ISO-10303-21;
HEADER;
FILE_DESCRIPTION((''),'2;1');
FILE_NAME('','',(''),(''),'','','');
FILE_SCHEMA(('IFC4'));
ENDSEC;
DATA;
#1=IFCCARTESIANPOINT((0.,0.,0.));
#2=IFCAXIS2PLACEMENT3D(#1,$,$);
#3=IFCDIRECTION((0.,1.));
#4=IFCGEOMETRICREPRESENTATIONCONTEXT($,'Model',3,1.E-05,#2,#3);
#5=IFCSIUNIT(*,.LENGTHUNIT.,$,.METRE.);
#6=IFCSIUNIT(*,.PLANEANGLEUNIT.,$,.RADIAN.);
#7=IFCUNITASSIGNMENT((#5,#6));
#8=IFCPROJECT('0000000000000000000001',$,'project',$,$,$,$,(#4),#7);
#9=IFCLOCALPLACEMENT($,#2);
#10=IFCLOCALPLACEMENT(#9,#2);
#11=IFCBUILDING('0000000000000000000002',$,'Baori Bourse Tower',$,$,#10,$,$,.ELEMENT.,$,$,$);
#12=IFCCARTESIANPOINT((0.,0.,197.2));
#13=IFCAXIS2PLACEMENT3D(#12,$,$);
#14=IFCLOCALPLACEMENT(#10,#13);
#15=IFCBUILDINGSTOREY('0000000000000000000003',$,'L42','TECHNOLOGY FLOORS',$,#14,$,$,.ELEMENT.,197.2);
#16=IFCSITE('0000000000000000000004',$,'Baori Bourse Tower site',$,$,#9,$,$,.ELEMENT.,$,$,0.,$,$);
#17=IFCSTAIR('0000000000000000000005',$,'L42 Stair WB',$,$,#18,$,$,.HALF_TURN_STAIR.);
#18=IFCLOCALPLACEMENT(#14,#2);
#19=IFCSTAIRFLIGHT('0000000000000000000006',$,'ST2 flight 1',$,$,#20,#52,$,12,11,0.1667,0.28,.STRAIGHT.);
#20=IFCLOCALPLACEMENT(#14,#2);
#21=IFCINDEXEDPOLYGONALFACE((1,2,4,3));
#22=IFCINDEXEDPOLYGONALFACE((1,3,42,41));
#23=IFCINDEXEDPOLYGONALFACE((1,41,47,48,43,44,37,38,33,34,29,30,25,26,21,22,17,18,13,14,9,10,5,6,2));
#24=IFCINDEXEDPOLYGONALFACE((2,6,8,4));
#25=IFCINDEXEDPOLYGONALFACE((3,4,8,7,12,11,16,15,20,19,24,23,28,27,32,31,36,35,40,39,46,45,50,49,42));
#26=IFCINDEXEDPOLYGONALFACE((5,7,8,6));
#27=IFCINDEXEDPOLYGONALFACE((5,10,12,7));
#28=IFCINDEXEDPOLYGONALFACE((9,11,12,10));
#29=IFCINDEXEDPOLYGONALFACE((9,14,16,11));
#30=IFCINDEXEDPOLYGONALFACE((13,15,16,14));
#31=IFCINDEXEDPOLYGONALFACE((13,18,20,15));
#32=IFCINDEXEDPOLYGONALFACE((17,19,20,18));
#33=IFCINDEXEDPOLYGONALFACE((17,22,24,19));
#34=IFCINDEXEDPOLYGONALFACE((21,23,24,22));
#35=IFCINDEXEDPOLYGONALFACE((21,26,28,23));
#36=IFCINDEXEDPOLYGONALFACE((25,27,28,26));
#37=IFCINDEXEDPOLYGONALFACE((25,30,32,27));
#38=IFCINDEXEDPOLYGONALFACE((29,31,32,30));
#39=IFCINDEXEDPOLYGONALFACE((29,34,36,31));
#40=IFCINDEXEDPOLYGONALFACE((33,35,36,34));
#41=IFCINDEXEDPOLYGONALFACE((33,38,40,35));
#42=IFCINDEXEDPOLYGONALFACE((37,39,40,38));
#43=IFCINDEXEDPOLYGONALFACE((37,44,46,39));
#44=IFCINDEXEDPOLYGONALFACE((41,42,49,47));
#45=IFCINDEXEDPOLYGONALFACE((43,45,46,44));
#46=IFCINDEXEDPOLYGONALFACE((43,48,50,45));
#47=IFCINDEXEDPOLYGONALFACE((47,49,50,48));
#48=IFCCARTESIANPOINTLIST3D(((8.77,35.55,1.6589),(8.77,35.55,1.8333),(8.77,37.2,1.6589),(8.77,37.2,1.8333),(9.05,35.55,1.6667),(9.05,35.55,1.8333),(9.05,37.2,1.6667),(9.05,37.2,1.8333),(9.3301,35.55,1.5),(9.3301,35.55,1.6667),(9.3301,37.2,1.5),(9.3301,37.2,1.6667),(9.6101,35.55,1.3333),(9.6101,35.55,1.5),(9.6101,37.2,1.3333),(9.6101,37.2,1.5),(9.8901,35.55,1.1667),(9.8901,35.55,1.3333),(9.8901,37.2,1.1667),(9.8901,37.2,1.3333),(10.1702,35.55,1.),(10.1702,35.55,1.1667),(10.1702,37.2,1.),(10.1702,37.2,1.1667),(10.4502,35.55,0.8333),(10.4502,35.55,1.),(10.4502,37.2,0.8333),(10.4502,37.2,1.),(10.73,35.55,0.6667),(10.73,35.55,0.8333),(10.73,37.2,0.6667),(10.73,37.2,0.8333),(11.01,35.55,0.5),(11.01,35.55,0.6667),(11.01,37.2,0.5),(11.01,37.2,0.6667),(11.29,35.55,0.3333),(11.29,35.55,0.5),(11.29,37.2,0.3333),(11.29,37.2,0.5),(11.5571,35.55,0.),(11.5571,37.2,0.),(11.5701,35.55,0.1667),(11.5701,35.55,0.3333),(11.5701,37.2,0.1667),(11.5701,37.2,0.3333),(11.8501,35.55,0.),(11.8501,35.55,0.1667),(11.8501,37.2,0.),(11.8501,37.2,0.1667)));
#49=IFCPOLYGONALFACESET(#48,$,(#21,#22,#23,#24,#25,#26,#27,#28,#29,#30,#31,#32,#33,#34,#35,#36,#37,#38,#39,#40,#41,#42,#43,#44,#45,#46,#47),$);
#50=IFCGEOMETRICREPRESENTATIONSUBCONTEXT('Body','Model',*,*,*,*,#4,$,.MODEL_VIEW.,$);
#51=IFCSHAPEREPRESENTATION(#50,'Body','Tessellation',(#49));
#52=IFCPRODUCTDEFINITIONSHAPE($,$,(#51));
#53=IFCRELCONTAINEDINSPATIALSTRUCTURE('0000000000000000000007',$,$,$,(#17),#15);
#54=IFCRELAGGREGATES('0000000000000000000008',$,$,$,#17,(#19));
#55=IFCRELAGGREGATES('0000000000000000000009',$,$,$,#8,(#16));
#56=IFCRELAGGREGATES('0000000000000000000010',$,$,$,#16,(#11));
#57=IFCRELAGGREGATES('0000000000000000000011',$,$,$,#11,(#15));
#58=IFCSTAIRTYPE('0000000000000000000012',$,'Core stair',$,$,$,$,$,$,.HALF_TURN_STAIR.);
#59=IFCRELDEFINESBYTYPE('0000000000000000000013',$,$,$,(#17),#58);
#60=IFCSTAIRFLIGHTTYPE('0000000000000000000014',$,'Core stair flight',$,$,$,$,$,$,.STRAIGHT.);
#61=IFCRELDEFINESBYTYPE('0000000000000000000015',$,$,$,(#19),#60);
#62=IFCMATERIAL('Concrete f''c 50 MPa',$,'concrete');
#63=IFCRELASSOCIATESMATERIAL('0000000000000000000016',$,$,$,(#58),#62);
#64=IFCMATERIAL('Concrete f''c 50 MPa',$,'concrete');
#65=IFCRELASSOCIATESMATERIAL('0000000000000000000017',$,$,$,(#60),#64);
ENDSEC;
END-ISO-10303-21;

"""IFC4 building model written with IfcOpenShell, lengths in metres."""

from ifc_helpers import new_model, si_unit, direction, frame, origin, place, context, subcontext, project, spatial, polyline, outline, extrude, material, type_object, element, aggregate, save


model = new_model("IFC4")

# Units and contexts
model_context = context("Model", 3, precision=1e-05, world=origin(), true_north=direction((0.0, 1.0)))
body_context = subcontext(model_context, "Body", "Model", "MODEL_VIEW")
ifc_project = project(units=[si_unit("LENGTHUNIT", "METRE"), si_unit("PLANEANGLEUNIT", "RADIAN")], contexts=[model_context])

# Site, building, storey
site_placement = place(None, origin())
site = spatial("IfcSite", under=ifc_project, at=site_placement, Name="Baori Bourse Tower site", CompositionType="ELEMENT", RefElevation=0.0)
building_placement = place(site_placement, origin())
building = spatial("IfcBuilding", under=site, at=building_placement, Name="Baori Bourse Tower", CompositionType="ELEMENT")
storey_placement = place(building_placement, frame((0.0, 0.0, 197.2)))
storey = spatial("IfcBuildingStorey", under=building, at=storey_placement, Name="L42", Description="TECHNOLOGY FLOORS", CompositionType="ELEMENT", Elevation=197.2)

# Stair, stair flight
ifc_material_1 = material(Name="Concrete f'c 50 MPa", Category="concrete")
stair_type = type_object("IfcStairType", Name="Core stair", PredefinedType="HALF_TURN_STAIR", material=ifc_material_1)
stair_placement = place(storey_placement, origin())
stair = element("IfcStair", 1, at=stair_placement, inside=storey, type_object=stair_type, Name="L42 Stair WB", PredefinedType="HALF_TURN_STAIR")
ifc_material_2 = material(Name="Concrete f'c 50 MPa", Category="concrete")
stair_flight_type = type_object("IfcStairFlightType", Name="Core stair flight", PredefinedType="STRAIGHT", material=ifc_material_2)
stair_flight_placement = place(storey_placement, frame((11.8501, 36.375, 0.0), z_axis=(0.0, 0.0, 1.0), x_axis=(-1.0, 0.0, 0.0)))
stair_flight = element("IfcStairFlight", 2, at=stair_flight_placement, type_object=stair_flight_type, Name="ST2 flight 1", NumberOfRisers=12, NumberOfTreads=11, PredefinedType="STRAIGHT", RiserHeight=0.1667, TreadLength=0.28, context=body_context, shape_type="SweptSolid", body=[
    extrude(outline(polyline([(0.0, 0.0), (0.0, 0.1667), (0.28, 0.1667), (0.28, 0.3333), (0.5601, 0.3333), (0.5601, 0.5), (0.8401, 0.5), (0.8401, 0.6667), (1.1201, 0.6667), (1.1201, 0.8333), (1.3999, 0.8333), (1.3999, 1.0), (1.6799, 1.0), (1.6799, 1.1667), (1.96, 1.1667), (1.96, 1.3333), (2.24, 1.3333), (2.24, 1.5), (2.52, 1.5), (2.52, 1.6667), (2.8, 1.6667), (2.8, 1.8333), (3.0801, 1.8333), (3.0801, 2.0), (3.0801, 1.6589), (0.293, 0.0), (0.0, 0.0)])), frame((0.0, 0.825, 0.0), z_axis=(0.0, -1.0, 0.0), x_axis=(1.0, 0.0, 0.0)), (0.0, 0.0, 1.0), 1.6499),
])
aggregate(stair, [stair_flight])

save(model, "model.ifc")
